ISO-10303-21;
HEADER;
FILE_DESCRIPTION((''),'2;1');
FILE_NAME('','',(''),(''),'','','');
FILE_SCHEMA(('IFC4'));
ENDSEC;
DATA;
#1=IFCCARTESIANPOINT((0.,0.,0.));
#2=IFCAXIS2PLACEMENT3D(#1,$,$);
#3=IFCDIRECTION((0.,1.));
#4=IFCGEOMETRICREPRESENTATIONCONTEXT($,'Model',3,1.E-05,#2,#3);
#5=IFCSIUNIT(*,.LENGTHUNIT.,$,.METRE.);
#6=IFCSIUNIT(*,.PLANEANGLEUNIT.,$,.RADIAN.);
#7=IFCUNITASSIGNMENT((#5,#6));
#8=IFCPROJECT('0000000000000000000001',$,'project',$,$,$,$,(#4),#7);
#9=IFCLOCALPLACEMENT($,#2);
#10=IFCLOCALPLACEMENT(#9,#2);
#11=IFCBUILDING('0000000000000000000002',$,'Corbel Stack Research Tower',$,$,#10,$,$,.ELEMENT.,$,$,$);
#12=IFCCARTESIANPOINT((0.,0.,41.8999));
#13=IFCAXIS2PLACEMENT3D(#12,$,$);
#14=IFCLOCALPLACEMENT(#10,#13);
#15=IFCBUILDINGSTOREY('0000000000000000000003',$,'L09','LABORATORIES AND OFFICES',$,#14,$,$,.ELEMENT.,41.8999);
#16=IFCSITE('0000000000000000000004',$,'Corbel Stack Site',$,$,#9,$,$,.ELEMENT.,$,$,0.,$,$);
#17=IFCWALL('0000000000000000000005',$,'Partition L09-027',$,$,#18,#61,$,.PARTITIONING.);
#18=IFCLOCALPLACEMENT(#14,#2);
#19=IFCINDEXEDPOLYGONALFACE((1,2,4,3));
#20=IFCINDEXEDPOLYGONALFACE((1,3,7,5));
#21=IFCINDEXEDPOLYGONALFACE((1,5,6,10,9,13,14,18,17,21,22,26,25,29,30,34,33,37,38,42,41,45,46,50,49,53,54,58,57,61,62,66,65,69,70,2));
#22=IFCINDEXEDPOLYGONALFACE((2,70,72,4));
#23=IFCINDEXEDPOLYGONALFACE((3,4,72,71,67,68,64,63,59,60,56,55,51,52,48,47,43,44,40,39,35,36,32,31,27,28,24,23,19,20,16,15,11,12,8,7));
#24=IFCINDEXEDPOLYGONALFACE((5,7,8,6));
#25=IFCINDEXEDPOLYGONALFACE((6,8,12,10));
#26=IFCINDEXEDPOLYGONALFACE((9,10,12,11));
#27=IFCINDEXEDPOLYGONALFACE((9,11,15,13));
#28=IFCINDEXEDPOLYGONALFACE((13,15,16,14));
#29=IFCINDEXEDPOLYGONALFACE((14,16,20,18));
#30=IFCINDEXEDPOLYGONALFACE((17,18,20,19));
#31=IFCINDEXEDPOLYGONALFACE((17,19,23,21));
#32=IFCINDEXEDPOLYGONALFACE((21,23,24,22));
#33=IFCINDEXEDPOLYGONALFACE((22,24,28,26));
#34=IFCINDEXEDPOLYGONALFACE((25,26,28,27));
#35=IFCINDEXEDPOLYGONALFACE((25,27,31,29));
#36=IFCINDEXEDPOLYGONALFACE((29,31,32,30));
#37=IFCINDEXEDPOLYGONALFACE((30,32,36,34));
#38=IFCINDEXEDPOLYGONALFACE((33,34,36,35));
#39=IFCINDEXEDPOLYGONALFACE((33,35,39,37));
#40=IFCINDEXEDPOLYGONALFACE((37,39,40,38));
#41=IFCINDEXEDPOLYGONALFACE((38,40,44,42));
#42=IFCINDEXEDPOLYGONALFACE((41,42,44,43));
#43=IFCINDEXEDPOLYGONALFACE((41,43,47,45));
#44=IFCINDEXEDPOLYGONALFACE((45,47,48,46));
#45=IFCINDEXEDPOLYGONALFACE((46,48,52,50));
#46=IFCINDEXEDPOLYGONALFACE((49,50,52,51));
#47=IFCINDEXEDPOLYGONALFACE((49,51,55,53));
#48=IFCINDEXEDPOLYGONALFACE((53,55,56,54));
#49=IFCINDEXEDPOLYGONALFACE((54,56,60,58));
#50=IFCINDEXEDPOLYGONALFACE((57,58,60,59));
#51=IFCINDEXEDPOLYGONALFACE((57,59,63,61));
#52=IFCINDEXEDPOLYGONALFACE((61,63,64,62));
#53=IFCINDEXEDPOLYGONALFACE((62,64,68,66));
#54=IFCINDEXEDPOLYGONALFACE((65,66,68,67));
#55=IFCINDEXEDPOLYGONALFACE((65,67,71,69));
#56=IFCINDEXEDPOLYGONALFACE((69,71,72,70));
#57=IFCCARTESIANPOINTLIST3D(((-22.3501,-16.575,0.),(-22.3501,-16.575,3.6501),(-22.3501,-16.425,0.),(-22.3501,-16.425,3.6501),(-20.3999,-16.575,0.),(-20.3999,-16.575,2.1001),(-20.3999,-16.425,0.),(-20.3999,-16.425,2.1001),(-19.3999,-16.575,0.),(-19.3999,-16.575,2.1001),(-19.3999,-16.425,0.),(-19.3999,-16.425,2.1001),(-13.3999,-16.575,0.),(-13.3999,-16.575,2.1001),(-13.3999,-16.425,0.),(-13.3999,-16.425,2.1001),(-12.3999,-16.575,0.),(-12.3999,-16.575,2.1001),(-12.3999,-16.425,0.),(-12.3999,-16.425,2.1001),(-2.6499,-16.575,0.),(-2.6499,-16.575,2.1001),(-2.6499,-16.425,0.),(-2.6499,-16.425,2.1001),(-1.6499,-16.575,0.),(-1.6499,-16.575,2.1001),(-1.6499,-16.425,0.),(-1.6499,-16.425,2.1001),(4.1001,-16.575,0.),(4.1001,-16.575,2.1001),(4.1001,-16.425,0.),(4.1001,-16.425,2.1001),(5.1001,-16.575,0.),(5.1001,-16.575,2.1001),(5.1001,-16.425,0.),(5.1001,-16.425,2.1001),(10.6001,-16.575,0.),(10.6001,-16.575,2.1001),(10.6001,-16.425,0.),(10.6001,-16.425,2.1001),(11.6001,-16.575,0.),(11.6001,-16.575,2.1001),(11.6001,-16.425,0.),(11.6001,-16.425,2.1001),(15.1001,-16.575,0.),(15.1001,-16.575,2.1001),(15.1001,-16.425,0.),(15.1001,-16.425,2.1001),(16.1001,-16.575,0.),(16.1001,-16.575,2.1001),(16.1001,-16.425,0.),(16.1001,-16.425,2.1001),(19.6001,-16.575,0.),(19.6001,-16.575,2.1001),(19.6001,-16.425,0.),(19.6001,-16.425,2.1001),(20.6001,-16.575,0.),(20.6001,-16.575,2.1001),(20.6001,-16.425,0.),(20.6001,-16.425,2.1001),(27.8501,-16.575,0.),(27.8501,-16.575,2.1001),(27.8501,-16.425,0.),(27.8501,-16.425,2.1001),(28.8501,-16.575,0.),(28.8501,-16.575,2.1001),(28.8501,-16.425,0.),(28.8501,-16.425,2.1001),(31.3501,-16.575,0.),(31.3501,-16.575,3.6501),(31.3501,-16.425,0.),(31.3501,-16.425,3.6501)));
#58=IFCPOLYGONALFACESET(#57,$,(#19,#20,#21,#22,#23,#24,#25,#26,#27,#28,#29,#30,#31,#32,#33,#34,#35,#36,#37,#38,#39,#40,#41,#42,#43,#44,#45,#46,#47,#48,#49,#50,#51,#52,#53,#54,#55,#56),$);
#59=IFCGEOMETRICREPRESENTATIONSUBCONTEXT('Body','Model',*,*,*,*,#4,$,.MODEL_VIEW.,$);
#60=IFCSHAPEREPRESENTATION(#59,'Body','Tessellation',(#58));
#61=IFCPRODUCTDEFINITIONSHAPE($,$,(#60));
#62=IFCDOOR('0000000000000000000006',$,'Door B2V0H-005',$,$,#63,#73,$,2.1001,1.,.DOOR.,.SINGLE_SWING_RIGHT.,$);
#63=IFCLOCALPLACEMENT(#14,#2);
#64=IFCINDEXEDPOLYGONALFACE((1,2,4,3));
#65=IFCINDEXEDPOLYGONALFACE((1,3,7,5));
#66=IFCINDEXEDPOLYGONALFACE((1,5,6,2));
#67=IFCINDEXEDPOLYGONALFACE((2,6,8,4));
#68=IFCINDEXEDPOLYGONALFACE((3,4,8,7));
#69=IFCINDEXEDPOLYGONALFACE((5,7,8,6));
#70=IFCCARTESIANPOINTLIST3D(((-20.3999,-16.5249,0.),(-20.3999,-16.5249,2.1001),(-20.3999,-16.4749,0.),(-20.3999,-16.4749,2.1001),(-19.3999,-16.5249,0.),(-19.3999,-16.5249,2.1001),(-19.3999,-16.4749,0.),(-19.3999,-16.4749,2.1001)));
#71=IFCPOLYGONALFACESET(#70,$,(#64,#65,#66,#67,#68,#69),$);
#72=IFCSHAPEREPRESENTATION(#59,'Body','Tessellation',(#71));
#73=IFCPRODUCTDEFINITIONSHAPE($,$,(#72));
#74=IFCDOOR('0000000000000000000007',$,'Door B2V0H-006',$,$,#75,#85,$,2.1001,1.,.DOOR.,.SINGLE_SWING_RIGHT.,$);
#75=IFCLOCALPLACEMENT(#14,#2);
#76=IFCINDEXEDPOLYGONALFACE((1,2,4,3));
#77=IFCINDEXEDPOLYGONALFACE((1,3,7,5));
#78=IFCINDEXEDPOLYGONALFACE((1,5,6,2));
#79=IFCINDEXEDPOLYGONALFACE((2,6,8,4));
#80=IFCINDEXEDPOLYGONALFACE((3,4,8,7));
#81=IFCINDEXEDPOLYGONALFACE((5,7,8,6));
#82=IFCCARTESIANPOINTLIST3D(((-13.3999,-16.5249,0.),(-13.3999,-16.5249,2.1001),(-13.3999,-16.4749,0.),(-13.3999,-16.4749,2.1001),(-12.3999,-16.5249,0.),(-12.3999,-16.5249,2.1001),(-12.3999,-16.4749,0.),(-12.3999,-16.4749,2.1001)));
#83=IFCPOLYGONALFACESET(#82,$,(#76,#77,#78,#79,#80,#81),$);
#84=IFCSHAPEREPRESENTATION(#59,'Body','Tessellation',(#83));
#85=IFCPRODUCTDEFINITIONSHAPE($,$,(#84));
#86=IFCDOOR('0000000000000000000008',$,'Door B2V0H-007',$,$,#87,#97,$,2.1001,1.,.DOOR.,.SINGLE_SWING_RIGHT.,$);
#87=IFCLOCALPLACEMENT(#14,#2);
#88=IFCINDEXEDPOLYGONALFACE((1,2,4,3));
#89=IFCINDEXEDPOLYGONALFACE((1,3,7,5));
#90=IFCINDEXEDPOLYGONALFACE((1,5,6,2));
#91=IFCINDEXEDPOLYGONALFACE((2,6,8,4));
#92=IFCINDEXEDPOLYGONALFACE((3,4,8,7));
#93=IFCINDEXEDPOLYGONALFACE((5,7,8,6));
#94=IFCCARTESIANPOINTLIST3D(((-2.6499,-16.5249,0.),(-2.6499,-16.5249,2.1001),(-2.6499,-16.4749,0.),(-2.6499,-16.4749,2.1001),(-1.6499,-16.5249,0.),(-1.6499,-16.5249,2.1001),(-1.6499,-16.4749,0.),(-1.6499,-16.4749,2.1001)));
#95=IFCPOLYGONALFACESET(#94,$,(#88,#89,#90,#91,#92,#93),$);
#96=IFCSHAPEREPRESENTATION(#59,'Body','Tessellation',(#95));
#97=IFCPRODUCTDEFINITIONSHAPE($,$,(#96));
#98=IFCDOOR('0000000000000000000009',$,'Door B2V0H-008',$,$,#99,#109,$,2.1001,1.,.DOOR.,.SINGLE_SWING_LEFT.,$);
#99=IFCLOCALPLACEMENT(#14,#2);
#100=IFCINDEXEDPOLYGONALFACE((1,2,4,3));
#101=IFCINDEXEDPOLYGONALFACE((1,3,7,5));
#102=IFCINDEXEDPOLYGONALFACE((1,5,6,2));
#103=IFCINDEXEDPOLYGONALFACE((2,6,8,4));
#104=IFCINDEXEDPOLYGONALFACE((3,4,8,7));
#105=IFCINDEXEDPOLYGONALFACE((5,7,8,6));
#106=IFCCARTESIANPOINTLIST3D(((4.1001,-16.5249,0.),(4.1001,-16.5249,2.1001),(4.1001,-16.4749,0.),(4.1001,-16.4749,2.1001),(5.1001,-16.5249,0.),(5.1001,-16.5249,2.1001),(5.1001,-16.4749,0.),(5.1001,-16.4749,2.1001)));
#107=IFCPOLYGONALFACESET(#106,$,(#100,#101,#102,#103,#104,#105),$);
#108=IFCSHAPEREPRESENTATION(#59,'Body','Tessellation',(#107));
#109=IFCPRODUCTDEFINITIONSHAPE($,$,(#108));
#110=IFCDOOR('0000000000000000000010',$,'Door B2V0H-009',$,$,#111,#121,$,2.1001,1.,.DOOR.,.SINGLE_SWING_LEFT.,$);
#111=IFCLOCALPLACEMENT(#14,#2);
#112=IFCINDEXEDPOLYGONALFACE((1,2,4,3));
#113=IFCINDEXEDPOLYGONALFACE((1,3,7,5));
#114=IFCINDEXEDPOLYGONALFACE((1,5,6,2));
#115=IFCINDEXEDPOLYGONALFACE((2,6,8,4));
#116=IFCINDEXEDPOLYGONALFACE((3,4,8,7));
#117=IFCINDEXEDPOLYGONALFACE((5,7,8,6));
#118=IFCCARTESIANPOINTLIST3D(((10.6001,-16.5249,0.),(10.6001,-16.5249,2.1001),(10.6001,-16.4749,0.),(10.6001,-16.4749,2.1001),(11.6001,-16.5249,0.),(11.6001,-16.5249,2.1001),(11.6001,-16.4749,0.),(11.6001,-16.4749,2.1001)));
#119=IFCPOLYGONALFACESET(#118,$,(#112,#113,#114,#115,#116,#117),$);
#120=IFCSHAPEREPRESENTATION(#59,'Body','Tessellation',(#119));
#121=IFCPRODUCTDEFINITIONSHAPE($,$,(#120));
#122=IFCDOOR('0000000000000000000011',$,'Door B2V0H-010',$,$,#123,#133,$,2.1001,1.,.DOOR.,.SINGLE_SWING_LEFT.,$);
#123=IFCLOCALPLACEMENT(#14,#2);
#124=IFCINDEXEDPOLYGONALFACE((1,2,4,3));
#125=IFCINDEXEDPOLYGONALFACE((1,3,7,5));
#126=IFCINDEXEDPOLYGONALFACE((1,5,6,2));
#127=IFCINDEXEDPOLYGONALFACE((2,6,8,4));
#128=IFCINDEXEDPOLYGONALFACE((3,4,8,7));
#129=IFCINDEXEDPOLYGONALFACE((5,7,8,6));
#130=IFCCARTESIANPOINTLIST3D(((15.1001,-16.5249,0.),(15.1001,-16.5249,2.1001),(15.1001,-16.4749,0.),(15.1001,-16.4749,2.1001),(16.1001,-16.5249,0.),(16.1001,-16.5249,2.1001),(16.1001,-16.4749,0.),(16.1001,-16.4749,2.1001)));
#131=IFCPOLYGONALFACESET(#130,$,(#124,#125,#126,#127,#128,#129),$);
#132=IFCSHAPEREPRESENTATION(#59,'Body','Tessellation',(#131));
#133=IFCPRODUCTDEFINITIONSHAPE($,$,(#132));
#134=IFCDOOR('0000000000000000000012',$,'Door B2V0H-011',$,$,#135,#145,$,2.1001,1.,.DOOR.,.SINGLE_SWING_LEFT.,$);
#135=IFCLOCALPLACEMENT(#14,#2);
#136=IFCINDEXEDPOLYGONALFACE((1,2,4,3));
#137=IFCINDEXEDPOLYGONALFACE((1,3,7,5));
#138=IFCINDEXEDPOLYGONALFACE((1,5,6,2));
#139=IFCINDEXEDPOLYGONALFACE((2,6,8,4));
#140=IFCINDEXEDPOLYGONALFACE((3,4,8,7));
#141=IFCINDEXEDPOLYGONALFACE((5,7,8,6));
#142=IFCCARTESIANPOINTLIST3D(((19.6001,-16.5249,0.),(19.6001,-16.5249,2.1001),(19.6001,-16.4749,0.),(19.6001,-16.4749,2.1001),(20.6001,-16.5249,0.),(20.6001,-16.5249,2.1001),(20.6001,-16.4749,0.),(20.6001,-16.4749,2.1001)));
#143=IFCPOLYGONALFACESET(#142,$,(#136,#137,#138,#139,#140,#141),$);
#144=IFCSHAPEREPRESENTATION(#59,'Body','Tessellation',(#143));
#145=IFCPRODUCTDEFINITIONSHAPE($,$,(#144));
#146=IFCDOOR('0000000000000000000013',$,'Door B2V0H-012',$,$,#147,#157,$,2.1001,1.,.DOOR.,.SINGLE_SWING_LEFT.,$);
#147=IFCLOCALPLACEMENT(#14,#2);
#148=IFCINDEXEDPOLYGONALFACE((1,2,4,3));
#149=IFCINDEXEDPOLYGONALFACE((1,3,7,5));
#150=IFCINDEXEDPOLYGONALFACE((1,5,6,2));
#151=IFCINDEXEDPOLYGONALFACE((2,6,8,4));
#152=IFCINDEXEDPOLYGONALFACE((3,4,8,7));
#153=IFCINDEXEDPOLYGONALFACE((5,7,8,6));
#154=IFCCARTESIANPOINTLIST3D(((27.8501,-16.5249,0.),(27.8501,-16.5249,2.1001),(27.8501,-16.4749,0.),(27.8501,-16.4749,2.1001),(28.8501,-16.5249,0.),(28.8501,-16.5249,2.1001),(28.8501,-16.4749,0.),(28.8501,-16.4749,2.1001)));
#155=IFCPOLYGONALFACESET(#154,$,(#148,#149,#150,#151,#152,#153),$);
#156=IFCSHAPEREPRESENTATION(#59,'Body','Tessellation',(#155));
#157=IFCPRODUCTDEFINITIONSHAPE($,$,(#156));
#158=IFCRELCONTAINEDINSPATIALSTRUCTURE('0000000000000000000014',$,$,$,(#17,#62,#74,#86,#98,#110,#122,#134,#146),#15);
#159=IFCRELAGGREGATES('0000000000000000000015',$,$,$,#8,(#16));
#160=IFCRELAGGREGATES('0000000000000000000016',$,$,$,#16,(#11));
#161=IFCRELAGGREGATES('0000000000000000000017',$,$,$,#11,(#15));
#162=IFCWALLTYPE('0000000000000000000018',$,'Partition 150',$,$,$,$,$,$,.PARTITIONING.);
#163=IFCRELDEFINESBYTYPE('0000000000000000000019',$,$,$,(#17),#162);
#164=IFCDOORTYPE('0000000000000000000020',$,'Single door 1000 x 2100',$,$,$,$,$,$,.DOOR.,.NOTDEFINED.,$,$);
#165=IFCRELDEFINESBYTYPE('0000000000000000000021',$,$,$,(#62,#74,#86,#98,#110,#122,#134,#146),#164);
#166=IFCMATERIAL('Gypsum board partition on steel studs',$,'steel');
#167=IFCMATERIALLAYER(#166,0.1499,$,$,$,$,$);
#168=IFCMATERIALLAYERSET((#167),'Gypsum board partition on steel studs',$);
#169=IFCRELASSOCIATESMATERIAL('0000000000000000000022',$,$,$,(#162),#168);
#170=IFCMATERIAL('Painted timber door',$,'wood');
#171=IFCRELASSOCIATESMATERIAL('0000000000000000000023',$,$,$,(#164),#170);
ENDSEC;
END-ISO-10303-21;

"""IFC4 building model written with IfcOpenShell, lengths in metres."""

from ifc_helpers import new_model, si_unit, direction, frame, frame_2d, origin, place, context, subcontext, project, spatial, rectangle, extrude, material, layer, layer_set, type_object, element, fill, save


model = new_model("IFC4")

# Units and contexts
model_context = context("Model", 3, precision=1e-05, world=origin(), true_north=direction((0.0, 1.0)))
body_context = subcontext(model_context, "Body", "Model", "MODEL_VIEW")
ifc_project = project(units=[si_unit("LENGTHUNIT", "METRE"), si_unit("PLANEANGLEUNIT", "RADIAN")], contexts=[model_context])

# Site, building, storey
site_placement = place(None, origin())
site = spatial("IfcSite", under=ifc_project, at=site_placement, Name="Corbel Stack Site", CompositionType="ELEMENT", RefElevation=0.0)
building_placement = place(site_placement, origin())
building = spatial("IfcBuilding", under=site, at=building_placement, Name="Corbel Stack Research Tower", CompositionType="ELEMENT")
storey_placement = place(building_placement, frame((0.0, 0.0, 41.8999)))
storey = spatial("IfcBuildingStorey", under=building, at=storey_placement, Name="L09", Description="LABORATORIES AND OFFICES", CompositionType="ELEMENT", Elevation=41.8999)

# Wall, openings, doors
ifc_material_1 = material(Name="Gypsum board partition on steel studs", Category="steel")
ifc_layer_1 = layer(ifc_material_1, 0.1499)
ifc_layer_set_1 = layer_set([ifc_layer_1], Name="Gypsum board partition on steel studs")
wall_type_1 = type_object("IfcWallType", Name="Partition 150", PredefinedType="PARTITIONING", material=ifc_layer_set_1)
wall_1_placement = place(storey_placement, frame((31.3501, -16.5, 0.0), z_axis=(0.0, 0.0, 1.0), x_axis=(-1.0, 0.0, 0.0)))
wall_1 = element("IfcWall", 1, at=wall_1_placement, inside=storey, type_object=wall_type_1, Name="Partition L09-027", PredefinedType="PARTITIONING", context=body_context, shape_type="SweptSolid", body=[
    extrude(rectangle(XDim=53.7002, YDim=0.1499, at=frame_2d((26.8501, 0.0))), origin(), (0.0, 0.0, 1.0), 3.6501),
])
opening_1_placement = place(wall_1_placement, frame((50.75, 0.0, 0.0)))
opening_1 = element("IfcOpeningElement", 2, at=opening_1_placement, cuts=wall_1, PredefinedType="OPENING", context=body_context, shape_type="SweptSolid", body=[
    extrude(rectangle(XDim=1.0, YDim=2.1001, at=frame_2d((0.5, 1.05))), frame((0.0, 0.085, 0.0), z_axis=(0.0, -1.0, 0.0), x_axis=(1.0, 0.0, 0.0)), (0.0, 0.0, 1.0), 0.1699),
])
opening_2_placement = place(wall_1_placement, frame((43.75, 0.0, 0.0)))
opening_2 = element("IfcOpeningElement", 3, at=opening_2_placement, cuts=wall_1, PredefinedType="OPENING", context=body_context, shape_type="SweptSolid", body=[
    extrude(rectangle(XDim=1.0, YDim=2.1001, at=frame_2d((0.5, 1.05))), frame((0.0, 0.085, 0.0), z_axis=(0.0, -1.0, 0.0), x_axis=(1.0, 0.0, 0.0)), (0.0, 0.0, 1.0), 0.1699),
])
opening_3_placement = place(wall_1_placement, frame((33.0, 0.0, 0.0)))
opening_3 = element("IfcOpeningElement", 4, at=opening_3_placement, cuts=wall_1, PredefinedType="OPENING", context=body_context, shape_type="SweptSolid", body=[
    extrude(rectangle(XDim=1.0, YDim=2.1001, at=frame_2d((0.5, 1.05))), frame((0.0, 0.085, 0.0), z_axis=(0.0, -1.0, 0.0), x_axis=(1.0, 0.0, 0.0)), (0.0, 0.0, 1.0), 0.1699),
])
opening_4_placement = place(wall_1_placement, frame((26.25, 0.0, 0.0)))
opening_4 = element("IfcOpeningElement", 5, at=opening_4_placement, cuts=wall_1, PredefinedType="OPENING", context=body_context, shape_type="SweptSolid", body=[
    extrude(rectangle(XDim=1.0, YDim=2.1001, at=frame_2d((0.5, 1.05))), frame((0.0, 0.085, 0.0), z_axis=(0.0, -1.0, 0.0), x_axis=(1.0, 0.0, 0.0)), (0.0, 0.0, 1.0), 0.1699),
])
opening_5_placement = place(wall_1_placement, frame((19.75, 0.0, 0.0)))
opening_5 = element("IfcOpeningElement", 6, at=opening_5_placement, cuts=wall_1, PredefinedType="OPENING", context=body_context, shape_type="SweptSolid", body=[
    extrude(rectangle(XDim=1.0, YDim=2.1001, at=frame_2d((0.5, 1.05))), frame((0.0, 0.085, 0.0), z_axis=(0.0, -1.0, 0.0), x_axis=(1.0, 0.0, 0.0)), (0.0, 0.0, 1.0), 0.1699),
])
opening_6_placement = place(wall_1_placement, frame((15.25, 0.0, 0.0)))
opening_6 = element("IfcOpeningElement", 7, at=opening_6_placement, cuts=wall_1, PredefinedType="OPENING", context=body_context, shape_type="SweptSolid", body=[
    extrude(rectangle(XDim=1.0, YDim=2.1001, at=frame_2d((0.5, 1.05))), frame((0.0, 0.085, 0.0), z_axis=(0.0, -1.0, 0.0), x_axis=(1.0, 0.0, 0.0)), (0.0, 0.0, 1.0), 0.1699),
])
opening_7_placement = place(wall_1_placement, frame((10.75, 0.0, 0.0)))
opening_7 = element("IfcOpeningElement", 8, at=opening_7_placement, cuts=wall_1, PredefinedType="OPENING", context=body_context, shape_type="SweptSolid", body=[
    extrude(rectangle(XDim=1.0, YDim=2.1001, at=frame_2d((0.5, 1.05))), frame((0.0, 0.085, 0.0), z_axis=(0.0, -1.0, 0.0), x_axis=(1.0, 0.0, 0.0)), (0.0, 0.0, 1.0), 0.1699),
])
opening_8_placement = place(wall_1_placement, frame((2.5, 0.0, 0.0)))
opening_8 = element("IfcOpeningElement", 9, at=opening_8_placement, cuts=wall_1, PredefinedType="OPENING", context=body_context, shape_type="SweptSolid", body=[
    extrude(rectangle(XDim=1.0, YDim=2.1001, at=frame_2d((0.5, 1.05))), frame((0.0, 0.085, 0.0), z_axis=(0.0, -1.0, 0.0), x_axis=(1.0, 0.0, 0.0)), (0.0, 0.0, 1.0), 0.1699),
])
ifc_material_2 = material(Name="Painted timber door", Category="wood")
door_type_1 = type_object("IfcDoorType", Name="Single door 1000 x 2100", OperationType="NOTDEFINED", PredefinedType="DOOR", material=ifc_material_2)
door_1_placement = place(opening_1_placement, origin())
door_1 = element("IfcDoor", 10, at=door_1_placement, inside=storey, type_object=door_type_1, Name="Door B2V0H-005", OperationType="SINGLE_SWING_RIGHT", OverallHeight=2.1001, OverallWidth=1.0, PredefinedType="DOOR", context=body_context, shape_type="SweptSolid", body=[
    extrude(rectangle(XDim=1.0, YDim=2.1001, at=frame_2d((0.5, 1.05))), frame((0.0, 0.0249, 0.0), z_axis=(0.0, -1.0, 0.0), x_axis=(1.0, 0.0, 0.0)), (0.0, 0.0, 1.0), 0.05),
])
fill(opening_1, door_1)
door_2_placement = place(opening_2_placement, origin())
door_2 = element("IfcDoor", 11, at=door_2_placement, inside=storey, type_object=door_type_1, Name="Door B2V0H-006", OperationType="SINGLE_SWING_RIGHT", OverallHeight=2.1001, OverallWidth=1.0, PredefinedType="DOOR", context=body_context, shape_type="SweptSolid", body=[
    extrude(rectangle(XDim=1.0, YDim=2.1001, at=frame_2d((0.5, 1.05))), frame((0.0, 0.0249, 0.0), z_axis=(0.0, -1.0, 0.0), x_axis=(1.0, 0.0, 0.0)), (0.0, 0.0, 1.0), 0.05),
])
fill(opening_2, door_2)
door_3_placement = place(opening_3_placement, origin())
door_3 = element("IfcDoor", 12, at=door_3_placement, inside=storey, type_object=door_type_1, Name="Door B2V0H-007", OperationType="SINGLE_SWING_RIGHT", OverallHeight=2.1001, OverallWidth=1.0, PredefinedType="DOOR", context=body_context, shape_type="SweptSolid", body=[
    extrude(rectangle(XDim=1.0, YDim=2.1001, at=frame_2d((0.5, 1.05))), frame((0.0, 0.0249, 0.0), z_axis=(0.0, -1.0, 0.0), x_axis=(1.0, 0.0, 0.0)), (0.0, 0.0, 1.0), 0.05),
])
fill(opening_3, door_3)
door_4_placement = place(opening_4_placement, origin())
door_4 = element("IfcDoor", 13, at=door_4_placement, inside=storey, type_object=door_type_1, Name="Door B2V0H-008", OperationType="SINGLE_SWING_LEFT", OverallHeight=2.1001, OverallWidth=1.0, PredefinedType="DOOR", context=body_context, shape_type="SweptSolid", body=[
    extrude(rectangle(XDim=1.0, YDim=2.1001, at=frame_2d((0.5, 1.05))), frame((0.0, 0.0249, 0.0), z_axis=(0.0, -1.0, 0.0), x_axis=(1.0, 0.0, 0.0)), (0.0, 0.0, 1.0), 0.05),
])
fill(opening_4, door_4)
door_5_placement = place(opening_5_placement, origin())
door_5 = element("IfcDoor", 14, at=door_5_placement, inside=storey, type_object=door_type_1, Name="Door B2V0H-009", OperationType="SINGLE_SWING_LEFT", OverallHeight=2.1001, OverallWidth=1.0, PredefinedType="DOOR", context=body_context, shape_type="SweptSolid", body=[
    extrude(rectangle(XDim=1.0, YDim=2.1001, at=frame_2d((0.5, 1.05))), frame((0.0, 0.0249, 0.0), z_axis=(0.0, -1.0, 0.0), x_axis=(1.0, 0.0, 0.0)), (0.0, 0.0, 1.0), 0.05),
])
fill(opening_5, door_5)
door_6_placement = place(opening_6_placement, origin())
door_6 = element("IfcDoor", 15, at=door_6_placement, inside=storey, type_object=door_type_1, Name="Door B2V0H-010", OperationType="SINGLE_SWING_LEFT", OverallHeight=2.1001, OverallWidth=1.0, PredefinedType="DOOR", context=body_context, shape_type="SweptSolid", body=[
    extrude(rectangle(XDim=1.0, YDim=2.1001, at=frame_2d((0.5, 1.05))), frame((0.0, 0.0249, 0.0), z_axis=(0.0, -1.0, 0.0), x_axis=(1.0, 0.0, 0.0)), (0.0, 0.0, 1.0), 0.05),
])
fill(opening_6, door_6)
door_7_placement = place(opening_7_placement, origin())
door_7 = element("IfcDoor", 16, at=door_7_placement, inside=storey, type_object=door_type_1, Name="Door B2V0H-011", OperationType="SINGLE_SWING_LEFT", OverallHeight=2.1001, OverallWidth=1.0, PredefinedType="DOOR", context=body_context, shape_type="SweptSolid", body=[
    extrude(rectangle(XDim=1.0, YDim=2.1001, at=frame_2d((0.5, 1.05))), frame((0.0, 0.0249, 0.0), z_axis=(0.0, -1.0, 0.0), x_axis=(1.0, 0.0, 0.0)), (0.0, 0.0, 1.0), 0.05),
])
fill(opening_7, door_7)
door_8_placement = place(opening_8_placement, origin())
door_8 = element("IfcDoor", 17, at=door_8_placement, inside=storey, type_object=door_type_1, Name="Door B2V0H-012", OperationType="SINGLE_SWING_LEFT", OverallHeight=2.1001, OverallWidth=1.0, PredefinedType="DOOR", context=body_context, shape_type="SweptSolid", body=[
    extrude(rectangle(XDim=1.0, YDim=2.1001, at=frame_2d((0.5, 1.05))), frame((0.0, 0.0249, 0.0), z_axis=(0.0, -1.0, 0.0), x_axis=(1.0, 0.0, 0.0)), (0.0, 0.0, 1.0), 0.05),
])
fill(opening_8, door_8)

save(model, "model.ifc")
